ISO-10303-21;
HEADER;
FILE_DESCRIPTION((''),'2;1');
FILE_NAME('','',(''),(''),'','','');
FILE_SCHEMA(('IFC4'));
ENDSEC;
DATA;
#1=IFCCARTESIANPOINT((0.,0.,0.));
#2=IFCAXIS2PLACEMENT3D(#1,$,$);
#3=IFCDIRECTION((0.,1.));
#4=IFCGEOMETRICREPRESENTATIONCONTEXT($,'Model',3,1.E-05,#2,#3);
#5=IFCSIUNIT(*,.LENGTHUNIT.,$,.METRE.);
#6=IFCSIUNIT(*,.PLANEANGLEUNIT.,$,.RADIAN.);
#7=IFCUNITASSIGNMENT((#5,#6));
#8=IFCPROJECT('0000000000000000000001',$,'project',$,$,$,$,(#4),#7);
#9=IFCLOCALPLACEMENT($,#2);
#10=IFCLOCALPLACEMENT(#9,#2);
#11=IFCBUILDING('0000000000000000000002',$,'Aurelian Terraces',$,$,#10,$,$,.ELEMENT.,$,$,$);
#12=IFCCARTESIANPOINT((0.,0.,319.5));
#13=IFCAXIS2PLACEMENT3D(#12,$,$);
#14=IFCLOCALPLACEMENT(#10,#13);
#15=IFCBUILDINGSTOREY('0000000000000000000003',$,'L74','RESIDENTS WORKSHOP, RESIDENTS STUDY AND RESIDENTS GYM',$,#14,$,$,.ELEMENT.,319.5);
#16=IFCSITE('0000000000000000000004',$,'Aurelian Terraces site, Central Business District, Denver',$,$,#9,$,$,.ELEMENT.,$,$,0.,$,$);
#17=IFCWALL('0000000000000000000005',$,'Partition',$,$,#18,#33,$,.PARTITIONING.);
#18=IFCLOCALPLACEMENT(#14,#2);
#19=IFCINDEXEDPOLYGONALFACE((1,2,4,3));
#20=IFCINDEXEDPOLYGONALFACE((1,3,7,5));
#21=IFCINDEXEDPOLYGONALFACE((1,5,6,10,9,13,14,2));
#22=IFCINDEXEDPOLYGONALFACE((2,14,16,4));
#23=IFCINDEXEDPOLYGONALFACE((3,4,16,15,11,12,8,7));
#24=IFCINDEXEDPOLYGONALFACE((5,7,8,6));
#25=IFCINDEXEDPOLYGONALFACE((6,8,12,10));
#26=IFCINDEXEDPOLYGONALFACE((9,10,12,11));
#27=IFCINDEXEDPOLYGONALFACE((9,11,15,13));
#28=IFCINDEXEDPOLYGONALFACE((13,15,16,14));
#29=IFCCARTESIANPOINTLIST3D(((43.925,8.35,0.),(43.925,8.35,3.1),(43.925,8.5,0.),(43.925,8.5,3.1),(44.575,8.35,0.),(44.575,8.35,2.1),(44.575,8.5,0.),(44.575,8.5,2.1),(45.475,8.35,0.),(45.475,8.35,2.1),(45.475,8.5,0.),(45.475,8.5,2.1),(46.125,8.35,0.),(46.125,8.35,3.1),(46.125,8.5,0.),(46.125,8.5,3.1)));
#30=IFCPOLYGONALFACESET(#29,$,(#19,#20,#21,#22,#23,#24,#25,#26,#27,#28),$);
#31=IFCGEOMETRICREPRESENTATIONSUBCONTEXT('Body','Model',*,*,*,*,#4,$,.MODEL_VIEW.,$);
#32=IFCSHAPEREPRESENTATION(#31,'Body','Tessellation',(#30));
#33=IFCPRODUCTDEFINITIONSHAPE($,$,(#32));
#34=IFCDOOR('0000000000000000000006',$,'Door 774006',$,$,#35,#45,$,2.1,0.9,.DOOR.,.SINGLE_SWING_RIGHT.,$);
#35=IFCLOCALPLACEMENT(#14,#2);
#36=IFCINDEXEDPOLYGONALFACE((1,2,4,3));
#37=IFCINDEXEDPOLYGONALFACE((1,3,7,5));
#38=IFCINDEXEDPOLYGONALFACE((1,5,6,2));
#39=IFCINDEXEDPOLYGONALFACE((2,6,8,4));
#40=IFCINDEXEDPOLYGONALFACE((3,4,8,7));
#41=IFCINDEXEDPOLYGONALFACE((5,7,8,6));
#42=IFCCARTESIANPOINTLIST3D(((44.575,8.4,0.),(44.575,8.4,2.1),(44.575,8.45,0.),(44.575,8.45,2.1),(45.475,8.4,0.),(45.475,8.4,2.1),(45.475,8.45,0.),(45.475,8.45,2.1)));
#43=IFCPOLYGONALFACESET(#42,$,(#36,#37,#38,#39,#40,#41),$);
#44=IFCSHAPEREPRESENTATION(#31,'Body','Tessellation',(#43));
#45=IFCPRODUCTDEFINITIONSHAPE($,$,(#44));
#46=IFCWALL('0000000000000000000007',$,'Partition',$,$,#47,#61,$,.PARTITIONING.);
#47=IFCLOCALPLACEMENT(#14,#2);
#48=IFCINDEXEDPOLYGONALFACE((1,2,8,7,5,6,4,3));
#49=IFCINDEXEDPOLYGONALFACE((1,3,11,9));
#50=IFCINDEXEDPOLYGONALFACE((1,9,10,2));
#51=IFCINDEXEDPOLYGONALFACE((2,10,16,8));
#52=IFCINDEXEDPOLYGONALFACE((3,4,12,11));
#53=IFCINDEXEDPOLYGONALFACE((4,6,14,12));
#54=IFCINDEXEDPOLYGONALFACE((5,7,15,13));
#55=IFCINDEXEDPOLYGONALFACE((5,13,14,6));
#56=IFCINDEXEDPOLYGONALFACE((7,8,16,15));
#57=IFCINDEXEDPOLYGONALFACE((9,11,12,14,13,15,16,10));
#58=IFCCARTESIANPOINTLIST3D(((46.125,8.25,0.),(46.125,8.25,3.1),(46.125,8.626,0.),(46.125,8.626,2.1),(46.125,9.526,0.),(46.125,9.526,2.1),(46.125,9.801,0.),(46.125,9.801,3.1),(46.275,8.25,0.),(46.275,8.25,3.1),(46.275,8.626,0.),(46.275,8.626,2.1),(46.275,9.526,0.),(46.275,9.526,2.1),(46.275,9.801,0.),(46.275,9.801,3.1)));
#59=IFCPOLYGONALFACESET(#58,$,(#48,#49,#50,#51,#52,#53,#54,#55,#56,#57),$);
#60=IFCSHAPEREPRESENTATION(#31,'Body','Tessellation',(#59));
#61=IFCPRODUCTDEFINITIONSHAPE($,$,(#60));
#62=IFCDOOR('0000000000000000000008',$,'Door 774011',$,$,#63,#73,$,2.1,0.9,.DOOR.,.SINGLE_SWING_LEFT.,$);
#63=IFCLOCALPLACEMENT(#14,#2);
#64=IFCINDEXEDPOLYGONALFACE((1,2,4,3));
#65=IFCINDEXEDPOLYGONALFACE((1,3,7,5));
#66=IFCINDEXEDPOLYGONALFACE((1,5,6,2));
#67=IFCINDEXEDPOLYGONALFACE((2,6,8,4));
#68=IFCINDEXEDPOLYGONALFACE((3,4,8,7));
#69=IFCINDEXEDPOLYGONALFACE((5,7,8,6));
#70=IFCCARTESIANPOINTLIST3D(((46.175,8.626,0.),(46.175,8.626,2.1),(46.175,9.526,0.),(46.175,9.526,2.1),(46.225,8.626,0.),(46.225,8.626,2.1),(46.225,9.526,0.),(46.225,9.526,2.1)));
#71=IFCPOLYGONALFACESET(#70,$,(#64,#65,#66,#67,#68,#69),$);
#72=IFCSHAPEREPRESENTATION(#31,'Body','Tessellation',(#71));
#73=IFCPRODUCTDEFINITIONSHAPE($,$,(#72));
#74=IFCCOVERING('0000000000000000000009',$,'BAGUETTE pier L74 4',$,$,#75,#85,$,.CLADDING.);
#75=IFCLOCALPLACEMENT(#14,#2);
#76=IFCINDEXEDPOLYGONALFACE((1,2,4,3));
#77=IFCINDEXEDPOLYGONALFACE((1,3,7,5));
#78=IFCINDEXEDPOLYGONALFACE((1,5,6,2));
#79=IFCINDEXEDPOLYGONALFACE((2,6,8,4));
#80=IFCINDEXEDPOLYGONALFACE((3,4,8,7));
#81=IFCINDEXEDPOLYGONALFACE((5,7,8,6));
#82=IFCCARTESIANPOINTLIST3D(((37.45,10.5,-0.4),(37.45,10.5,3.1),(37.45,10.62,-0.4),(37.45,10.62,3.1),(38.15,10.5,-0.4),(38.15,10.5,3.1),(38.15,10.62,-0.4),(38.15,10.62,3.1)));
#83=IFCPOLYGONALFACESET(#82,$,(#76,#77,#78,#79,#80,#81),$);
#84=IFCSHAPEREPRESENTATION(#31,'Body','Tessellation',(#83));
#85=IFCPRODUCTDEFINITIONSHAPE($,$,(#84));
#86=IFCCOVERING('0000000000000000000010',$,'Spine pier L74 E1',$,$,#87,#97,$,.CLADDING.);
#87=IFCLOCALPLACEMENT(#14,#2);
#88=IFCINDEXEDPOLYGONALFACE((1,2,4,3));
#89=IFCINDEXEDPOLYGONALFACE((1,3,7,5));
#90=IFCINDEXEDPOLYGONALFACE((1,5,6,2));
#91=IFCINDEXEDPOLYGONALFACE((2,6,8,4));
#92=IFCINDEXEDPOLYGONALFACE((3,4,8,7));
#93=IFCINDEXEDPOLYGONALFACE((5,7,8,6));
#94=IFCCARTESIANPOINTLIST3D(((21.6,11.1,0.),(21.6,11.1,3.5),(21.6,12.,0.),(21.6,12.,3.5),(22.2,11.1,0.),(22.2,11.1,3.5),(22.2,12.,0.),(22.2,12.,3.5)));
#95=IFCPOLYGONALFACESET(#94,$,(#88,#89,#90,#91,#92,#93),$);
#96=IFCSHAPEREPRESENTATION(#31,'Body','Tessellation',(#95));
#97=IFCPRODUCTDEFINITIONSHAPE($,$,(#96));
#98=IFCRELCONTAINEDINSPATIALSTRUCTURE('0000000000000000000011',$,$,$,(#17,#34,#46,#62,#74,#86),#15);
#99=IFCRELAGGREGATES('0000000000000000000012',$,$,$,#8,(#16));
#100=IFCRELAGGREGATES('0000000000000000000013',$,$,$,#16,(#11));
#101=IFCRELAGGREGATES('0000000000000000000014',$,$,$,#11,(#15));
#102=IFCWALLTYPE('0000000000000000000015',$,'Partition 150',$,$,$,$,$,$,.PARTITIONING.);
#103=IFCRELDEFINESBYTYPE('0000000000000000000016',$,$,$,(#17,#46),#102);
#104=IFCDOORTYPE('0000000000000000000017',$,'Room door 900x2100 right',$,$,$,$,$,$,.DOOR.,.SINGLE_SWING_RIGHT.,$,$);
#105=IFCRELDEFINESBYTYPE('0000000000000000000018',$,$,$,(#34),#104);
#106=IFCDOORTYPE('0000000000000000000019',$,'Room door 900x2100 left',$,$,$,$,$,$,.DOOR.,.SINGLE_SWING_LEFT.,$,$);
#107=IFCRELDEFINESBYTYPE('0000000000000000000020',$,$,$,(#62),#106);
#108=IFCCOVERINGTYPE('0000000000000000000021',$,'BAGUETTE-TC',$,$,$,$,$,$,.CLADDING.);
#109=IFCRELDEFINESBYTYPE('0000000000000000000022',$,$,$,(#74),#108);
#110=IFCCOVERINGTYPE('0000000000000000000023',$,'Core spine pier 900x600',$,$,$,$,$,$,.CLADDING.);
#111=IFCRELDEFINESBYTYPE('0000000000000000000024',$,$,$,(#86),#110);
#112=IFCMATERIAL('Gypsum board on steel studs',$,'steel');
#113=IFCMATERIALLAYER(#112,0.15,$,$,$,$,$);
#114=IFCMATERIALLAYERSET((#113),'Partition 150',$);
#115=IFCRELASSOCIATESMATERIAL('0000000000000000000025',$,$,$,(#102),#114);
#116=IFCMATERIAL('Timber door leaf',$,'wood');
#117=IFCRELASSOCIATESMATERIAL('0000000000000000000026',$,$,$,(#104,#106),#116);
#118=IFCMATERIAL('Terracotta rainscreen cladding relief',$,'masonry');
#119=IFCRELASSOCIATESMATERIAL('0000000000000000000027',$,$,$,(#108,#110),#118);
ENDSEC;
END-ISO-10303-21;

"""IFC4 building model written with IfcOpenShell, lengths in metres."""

from ifc_helpers import new_model, si_unit, direction, frame, frame_2d, origin, origin_2d, place, context, subcontext, project, spatial, rectangle, extrude, source, transform, mapped, material, layer, layer_set, type_object, element, fill, save


model = new_model("IFC4")

# Units and contexts
model_context = context("Model", 3, precision=1e-05, world=origin(), true_north=direction((0.0, 1.0)))
body_context = subcontext(model_context, "Body", "Model", "MODEL_VIEW")
ifc_project = project(units=[si_unit("LENGTHUNIT", "METRE"), si_unit("PLANEANGLEUNIT", "RADIAN")], contexts=[model_context])

# Site, building, storey
site_placement = place(None, origin())
site = spatial("IfcSite", under=ifc_project, at=site_placement, Name="Aurelian Terraces site, Central Business District, Denver", CompositionType="ELEMENT", RefElevation=0.0)
building_placement = place(site_placement, origin())
building = spatial("IfcBuilding", under=site, at=building_placement, Name="Aurelian Terraces", CompositionType="ELEMENT")
storey_placement = place(building_placement, frame((0.0, 0.0, 319.5)))
storey = spatial("IfcBuildingStorey", under=building, at=storey_placement, Name="L74", Description="RESIDENTS WORKSHOP, RESIDENTS STUDY AND RESIDENTS GYM", CompositionType="ELEMENT", Elevation=319.5)

# Walls, openings, doors
ifc_material_1 = material(Name="Gypsum board on steel studs", Category="steel")
ifc_layer_1 = layer(ifc_material_1, 0.15)
ifc_layer_set_1 = layer_set([ifc_layer_1], Name="Partition 150")
wall_type_1 = type_object("IfcWallType", Name="Partition 150", PredefinedType="PARTITIONING", material=ifc_layer_set_1)
shared_shape_1 = source(origin(), body_context, "Body", "SweptSolid", [
    extrude(rectangle(XDim=2.2, YDim=0.15, at=frame_2d((1.1, 0.0))), origin(), (0.0, 0.0, 1.0), 3.1),
])
wall_1_placement = place(storey_placement, frame((46.125, 8.425, 0.0), z_axis=(0.0, 0.0, 1.0), x_axis=(-1.0, 0.0, 0.0)))
wall_1 = element("IfcWall", 1, at=wall_1_placement, inside=storey, type_object=wall_type_1, Name="Partition", PredefinedType="PARTITIONING", context=body_context, shape_type="MappedRepresentation", body=[
    mapped(shared_shape_1, transform((0.0, 0.0, 0.0), scale=1.0)),
])
shared_shape_2 = source(origin(), body_context, "Body", "SweptSolid", [
    extrude(rectangle(XDim=0.9, YDim=2.1, at=frame_2d((0.45, 1.05))), frame((0.0, 0.085, 0.0), z_axis=(0.0, -1.0, 0.0), x_axis=(1.0, 0.0, 0.0)), (0.0, 0.0, 1.0), 0.17),
])
opening_1_placement = place(wall_1_placement, frame((0.65, 0.0, 0.0)))
opening_1 = element("IfcOpeningElement", 2, at=opening_1_placement, cuts=wall_1, PredefinedType="OPENING", context=body_context, shape_type="MappedRepresentation", body=[
    mapped(shared_shape_2, transform((0.0, 0.0, 0.0), scale=1.0)),
])
ifc_material_2 = material(Name="Timber door leaf", Category="wood")
door_type_1 = type_object("IfcDoorType", Name="Room door 900x2100 right", OperationType="SINGLE_SWING_RIGHT", PredefinedType="DOOR", material=ifc_material_2)
shared_shape_3 = source(origin(), body_context, "Body", "SweptSolid", [
    extrude(rectangle(XDim=0.9, YDim=2.1, at=frame_2d((0.45, 1.05))), frame((0.0, 0.025, 0.0), z_axis=(0.0, -1.0, 0.0), x_axis=(1.0, 0.0, 0.0)), (0.0, 0.0, 1.0), 0.05),
])
door_1_placement = place(opening_1_placement, origin())
door_1 = element("IfcDoor", 3, at=door_1_placement, inside=storey, type_object=door_type_1, Name="Door 774006", OperationType="SINGLE_SWING_RIGHT", OverallHeight=2.1, OverallWidth=0.9, PredefinedType="DOOR", context=body_context, shape_type="MappedRepresentation", body=[
    mapped(shared_shape_3, transform((0.0, 0.0, 0.0), scale=1.0)),
])
fill(opening_1, door_1)
shared_shape_4 = source(origin(), body_context, "Body", "SweptSolid", [
    extrude(rectangle(XDim=1.551, YDim=0.15, at=frame_2d((0.7755, 0.0))), origin(), (0.0, 0.0, 1.0), 3.1),
])
wall_2_placement = place(storey_placement, frame((46.2, 9.801, 0.0), z_axis=(0.0, 0.0, 1.0), x_axis=(0.0, -1.0, 0.0)))
wall_2 = element("IfcWall", 4, at=wall_2_placement, inside=storey, type_object=wall_type_1, Name="Partition", PredefinedType="PARTITIONING", context=body_context, shape_type="MappedRepresentation", body=[
    mapped(shared_shape_4, transform((0.0, 0.0, 0.0), scale=1.0)),
])
opening_2_placement = place(wall_2_placement, frame((0.275, 0.0, 0.0)))
opening_2 = element("IfcOpeningElement", 5, at=opening_2_placement, cuts=wall_2, PredefinedType="OPENING", context=body_context, shape_type="MappedRepresentation", body=[
    mapped(shared_shape_2, transform((0.0, 0.0, 0.0), scale=1.0)),
])
door_type_2 = type_object("IfcDoorType", Name="Room door 900x2100 left", OperationType="SINGLE_SWING_LEFT", PredefinedType="DOOR", material=ifc_material_2)
door_2_placement = place(opening_2_placement, origin())
door_2 = element("IfcDoor", 6, at=door_2_placement, inside=storey, type_object=door_type_2, Name="Door 774011", OperationType="SINGLE_SWING_LEFT", OverallHeight=2.1, OverallWidth=0.9, PredefinedType="DOOR", context=body_context, shape_type="MappedRepresentation", body=[
    mapped(shared_shape_3, transform((0.0, 0.0, 0.0), scale=1.0)),
])
fill(opening_2, door_2)

# Coverings
ifc_material_3 = material(Name="Terracotta rainscreen cladding relief", Category="masonry")
covering_type_1 = type_object("IfcCoveringType", Name="BAGUETTE-TC", PredefinedType="CLADDING", material=ifc_material_3)
shared_shape_5 = source(origin(), body_context, "Body", "SweptSolid", [
    extrude(rectangle(XDim=0.7, YDim=0.12, at=origin_2d()), origin(), (0.0, 0.0, 1.0), 3.5),
])
covering_1_placement = place(storey_placement, frame((37.8, 10.56, -0.4), z_axis=(0.0, 0.0, 1.0), x_axis=(1.0, 0.0, 0.0)))
element("IfcCovering", 7, at=covering_1_placement, inside=storey, type_object=covering_type_1, Name="BAGUETTE pier L74 4", PredefinedType="CLADDING", context=body_context, shape_type="MappedRepresentation", body=[
    mapped(shared_shape_5, transform((0.0, 0.0, 0.0), scale=1.0)),
])
covering_type_2 = type_object("IfcCoveringType", Name="Core spine pier 900x600", PredefinedType="CLADDING", material=ifc_material_3)
shared_shape_6 = source(origin(), body_context, "Body", "SweptSolid", [
    extrude(rectangle(XDim=0.6, YDim=0.9, at=origin_2d()), origin(), (0.0, 0.0, 1.0), 3.5),
])
covering_2_placement = place(storey_placement, frame((21.9, 11.55, 0.0), z_axis=(0.0, 0.0, 1.0), x_axis=(1.0, 0.0, 0.0)))
element("IfcCovering", 8, at=covering_2_placement, inside=storey, type_object=covering_type_2, Name="Spine pier L74 E1", PredefinedType="CLADDING", context=body_context, shape_type="MappedRepresentation", body=[
    mapped(shared_shape_6, transform((0.0, 0.0, 0.0), scale=1.0)),
])

save(model, "model.ifc")
